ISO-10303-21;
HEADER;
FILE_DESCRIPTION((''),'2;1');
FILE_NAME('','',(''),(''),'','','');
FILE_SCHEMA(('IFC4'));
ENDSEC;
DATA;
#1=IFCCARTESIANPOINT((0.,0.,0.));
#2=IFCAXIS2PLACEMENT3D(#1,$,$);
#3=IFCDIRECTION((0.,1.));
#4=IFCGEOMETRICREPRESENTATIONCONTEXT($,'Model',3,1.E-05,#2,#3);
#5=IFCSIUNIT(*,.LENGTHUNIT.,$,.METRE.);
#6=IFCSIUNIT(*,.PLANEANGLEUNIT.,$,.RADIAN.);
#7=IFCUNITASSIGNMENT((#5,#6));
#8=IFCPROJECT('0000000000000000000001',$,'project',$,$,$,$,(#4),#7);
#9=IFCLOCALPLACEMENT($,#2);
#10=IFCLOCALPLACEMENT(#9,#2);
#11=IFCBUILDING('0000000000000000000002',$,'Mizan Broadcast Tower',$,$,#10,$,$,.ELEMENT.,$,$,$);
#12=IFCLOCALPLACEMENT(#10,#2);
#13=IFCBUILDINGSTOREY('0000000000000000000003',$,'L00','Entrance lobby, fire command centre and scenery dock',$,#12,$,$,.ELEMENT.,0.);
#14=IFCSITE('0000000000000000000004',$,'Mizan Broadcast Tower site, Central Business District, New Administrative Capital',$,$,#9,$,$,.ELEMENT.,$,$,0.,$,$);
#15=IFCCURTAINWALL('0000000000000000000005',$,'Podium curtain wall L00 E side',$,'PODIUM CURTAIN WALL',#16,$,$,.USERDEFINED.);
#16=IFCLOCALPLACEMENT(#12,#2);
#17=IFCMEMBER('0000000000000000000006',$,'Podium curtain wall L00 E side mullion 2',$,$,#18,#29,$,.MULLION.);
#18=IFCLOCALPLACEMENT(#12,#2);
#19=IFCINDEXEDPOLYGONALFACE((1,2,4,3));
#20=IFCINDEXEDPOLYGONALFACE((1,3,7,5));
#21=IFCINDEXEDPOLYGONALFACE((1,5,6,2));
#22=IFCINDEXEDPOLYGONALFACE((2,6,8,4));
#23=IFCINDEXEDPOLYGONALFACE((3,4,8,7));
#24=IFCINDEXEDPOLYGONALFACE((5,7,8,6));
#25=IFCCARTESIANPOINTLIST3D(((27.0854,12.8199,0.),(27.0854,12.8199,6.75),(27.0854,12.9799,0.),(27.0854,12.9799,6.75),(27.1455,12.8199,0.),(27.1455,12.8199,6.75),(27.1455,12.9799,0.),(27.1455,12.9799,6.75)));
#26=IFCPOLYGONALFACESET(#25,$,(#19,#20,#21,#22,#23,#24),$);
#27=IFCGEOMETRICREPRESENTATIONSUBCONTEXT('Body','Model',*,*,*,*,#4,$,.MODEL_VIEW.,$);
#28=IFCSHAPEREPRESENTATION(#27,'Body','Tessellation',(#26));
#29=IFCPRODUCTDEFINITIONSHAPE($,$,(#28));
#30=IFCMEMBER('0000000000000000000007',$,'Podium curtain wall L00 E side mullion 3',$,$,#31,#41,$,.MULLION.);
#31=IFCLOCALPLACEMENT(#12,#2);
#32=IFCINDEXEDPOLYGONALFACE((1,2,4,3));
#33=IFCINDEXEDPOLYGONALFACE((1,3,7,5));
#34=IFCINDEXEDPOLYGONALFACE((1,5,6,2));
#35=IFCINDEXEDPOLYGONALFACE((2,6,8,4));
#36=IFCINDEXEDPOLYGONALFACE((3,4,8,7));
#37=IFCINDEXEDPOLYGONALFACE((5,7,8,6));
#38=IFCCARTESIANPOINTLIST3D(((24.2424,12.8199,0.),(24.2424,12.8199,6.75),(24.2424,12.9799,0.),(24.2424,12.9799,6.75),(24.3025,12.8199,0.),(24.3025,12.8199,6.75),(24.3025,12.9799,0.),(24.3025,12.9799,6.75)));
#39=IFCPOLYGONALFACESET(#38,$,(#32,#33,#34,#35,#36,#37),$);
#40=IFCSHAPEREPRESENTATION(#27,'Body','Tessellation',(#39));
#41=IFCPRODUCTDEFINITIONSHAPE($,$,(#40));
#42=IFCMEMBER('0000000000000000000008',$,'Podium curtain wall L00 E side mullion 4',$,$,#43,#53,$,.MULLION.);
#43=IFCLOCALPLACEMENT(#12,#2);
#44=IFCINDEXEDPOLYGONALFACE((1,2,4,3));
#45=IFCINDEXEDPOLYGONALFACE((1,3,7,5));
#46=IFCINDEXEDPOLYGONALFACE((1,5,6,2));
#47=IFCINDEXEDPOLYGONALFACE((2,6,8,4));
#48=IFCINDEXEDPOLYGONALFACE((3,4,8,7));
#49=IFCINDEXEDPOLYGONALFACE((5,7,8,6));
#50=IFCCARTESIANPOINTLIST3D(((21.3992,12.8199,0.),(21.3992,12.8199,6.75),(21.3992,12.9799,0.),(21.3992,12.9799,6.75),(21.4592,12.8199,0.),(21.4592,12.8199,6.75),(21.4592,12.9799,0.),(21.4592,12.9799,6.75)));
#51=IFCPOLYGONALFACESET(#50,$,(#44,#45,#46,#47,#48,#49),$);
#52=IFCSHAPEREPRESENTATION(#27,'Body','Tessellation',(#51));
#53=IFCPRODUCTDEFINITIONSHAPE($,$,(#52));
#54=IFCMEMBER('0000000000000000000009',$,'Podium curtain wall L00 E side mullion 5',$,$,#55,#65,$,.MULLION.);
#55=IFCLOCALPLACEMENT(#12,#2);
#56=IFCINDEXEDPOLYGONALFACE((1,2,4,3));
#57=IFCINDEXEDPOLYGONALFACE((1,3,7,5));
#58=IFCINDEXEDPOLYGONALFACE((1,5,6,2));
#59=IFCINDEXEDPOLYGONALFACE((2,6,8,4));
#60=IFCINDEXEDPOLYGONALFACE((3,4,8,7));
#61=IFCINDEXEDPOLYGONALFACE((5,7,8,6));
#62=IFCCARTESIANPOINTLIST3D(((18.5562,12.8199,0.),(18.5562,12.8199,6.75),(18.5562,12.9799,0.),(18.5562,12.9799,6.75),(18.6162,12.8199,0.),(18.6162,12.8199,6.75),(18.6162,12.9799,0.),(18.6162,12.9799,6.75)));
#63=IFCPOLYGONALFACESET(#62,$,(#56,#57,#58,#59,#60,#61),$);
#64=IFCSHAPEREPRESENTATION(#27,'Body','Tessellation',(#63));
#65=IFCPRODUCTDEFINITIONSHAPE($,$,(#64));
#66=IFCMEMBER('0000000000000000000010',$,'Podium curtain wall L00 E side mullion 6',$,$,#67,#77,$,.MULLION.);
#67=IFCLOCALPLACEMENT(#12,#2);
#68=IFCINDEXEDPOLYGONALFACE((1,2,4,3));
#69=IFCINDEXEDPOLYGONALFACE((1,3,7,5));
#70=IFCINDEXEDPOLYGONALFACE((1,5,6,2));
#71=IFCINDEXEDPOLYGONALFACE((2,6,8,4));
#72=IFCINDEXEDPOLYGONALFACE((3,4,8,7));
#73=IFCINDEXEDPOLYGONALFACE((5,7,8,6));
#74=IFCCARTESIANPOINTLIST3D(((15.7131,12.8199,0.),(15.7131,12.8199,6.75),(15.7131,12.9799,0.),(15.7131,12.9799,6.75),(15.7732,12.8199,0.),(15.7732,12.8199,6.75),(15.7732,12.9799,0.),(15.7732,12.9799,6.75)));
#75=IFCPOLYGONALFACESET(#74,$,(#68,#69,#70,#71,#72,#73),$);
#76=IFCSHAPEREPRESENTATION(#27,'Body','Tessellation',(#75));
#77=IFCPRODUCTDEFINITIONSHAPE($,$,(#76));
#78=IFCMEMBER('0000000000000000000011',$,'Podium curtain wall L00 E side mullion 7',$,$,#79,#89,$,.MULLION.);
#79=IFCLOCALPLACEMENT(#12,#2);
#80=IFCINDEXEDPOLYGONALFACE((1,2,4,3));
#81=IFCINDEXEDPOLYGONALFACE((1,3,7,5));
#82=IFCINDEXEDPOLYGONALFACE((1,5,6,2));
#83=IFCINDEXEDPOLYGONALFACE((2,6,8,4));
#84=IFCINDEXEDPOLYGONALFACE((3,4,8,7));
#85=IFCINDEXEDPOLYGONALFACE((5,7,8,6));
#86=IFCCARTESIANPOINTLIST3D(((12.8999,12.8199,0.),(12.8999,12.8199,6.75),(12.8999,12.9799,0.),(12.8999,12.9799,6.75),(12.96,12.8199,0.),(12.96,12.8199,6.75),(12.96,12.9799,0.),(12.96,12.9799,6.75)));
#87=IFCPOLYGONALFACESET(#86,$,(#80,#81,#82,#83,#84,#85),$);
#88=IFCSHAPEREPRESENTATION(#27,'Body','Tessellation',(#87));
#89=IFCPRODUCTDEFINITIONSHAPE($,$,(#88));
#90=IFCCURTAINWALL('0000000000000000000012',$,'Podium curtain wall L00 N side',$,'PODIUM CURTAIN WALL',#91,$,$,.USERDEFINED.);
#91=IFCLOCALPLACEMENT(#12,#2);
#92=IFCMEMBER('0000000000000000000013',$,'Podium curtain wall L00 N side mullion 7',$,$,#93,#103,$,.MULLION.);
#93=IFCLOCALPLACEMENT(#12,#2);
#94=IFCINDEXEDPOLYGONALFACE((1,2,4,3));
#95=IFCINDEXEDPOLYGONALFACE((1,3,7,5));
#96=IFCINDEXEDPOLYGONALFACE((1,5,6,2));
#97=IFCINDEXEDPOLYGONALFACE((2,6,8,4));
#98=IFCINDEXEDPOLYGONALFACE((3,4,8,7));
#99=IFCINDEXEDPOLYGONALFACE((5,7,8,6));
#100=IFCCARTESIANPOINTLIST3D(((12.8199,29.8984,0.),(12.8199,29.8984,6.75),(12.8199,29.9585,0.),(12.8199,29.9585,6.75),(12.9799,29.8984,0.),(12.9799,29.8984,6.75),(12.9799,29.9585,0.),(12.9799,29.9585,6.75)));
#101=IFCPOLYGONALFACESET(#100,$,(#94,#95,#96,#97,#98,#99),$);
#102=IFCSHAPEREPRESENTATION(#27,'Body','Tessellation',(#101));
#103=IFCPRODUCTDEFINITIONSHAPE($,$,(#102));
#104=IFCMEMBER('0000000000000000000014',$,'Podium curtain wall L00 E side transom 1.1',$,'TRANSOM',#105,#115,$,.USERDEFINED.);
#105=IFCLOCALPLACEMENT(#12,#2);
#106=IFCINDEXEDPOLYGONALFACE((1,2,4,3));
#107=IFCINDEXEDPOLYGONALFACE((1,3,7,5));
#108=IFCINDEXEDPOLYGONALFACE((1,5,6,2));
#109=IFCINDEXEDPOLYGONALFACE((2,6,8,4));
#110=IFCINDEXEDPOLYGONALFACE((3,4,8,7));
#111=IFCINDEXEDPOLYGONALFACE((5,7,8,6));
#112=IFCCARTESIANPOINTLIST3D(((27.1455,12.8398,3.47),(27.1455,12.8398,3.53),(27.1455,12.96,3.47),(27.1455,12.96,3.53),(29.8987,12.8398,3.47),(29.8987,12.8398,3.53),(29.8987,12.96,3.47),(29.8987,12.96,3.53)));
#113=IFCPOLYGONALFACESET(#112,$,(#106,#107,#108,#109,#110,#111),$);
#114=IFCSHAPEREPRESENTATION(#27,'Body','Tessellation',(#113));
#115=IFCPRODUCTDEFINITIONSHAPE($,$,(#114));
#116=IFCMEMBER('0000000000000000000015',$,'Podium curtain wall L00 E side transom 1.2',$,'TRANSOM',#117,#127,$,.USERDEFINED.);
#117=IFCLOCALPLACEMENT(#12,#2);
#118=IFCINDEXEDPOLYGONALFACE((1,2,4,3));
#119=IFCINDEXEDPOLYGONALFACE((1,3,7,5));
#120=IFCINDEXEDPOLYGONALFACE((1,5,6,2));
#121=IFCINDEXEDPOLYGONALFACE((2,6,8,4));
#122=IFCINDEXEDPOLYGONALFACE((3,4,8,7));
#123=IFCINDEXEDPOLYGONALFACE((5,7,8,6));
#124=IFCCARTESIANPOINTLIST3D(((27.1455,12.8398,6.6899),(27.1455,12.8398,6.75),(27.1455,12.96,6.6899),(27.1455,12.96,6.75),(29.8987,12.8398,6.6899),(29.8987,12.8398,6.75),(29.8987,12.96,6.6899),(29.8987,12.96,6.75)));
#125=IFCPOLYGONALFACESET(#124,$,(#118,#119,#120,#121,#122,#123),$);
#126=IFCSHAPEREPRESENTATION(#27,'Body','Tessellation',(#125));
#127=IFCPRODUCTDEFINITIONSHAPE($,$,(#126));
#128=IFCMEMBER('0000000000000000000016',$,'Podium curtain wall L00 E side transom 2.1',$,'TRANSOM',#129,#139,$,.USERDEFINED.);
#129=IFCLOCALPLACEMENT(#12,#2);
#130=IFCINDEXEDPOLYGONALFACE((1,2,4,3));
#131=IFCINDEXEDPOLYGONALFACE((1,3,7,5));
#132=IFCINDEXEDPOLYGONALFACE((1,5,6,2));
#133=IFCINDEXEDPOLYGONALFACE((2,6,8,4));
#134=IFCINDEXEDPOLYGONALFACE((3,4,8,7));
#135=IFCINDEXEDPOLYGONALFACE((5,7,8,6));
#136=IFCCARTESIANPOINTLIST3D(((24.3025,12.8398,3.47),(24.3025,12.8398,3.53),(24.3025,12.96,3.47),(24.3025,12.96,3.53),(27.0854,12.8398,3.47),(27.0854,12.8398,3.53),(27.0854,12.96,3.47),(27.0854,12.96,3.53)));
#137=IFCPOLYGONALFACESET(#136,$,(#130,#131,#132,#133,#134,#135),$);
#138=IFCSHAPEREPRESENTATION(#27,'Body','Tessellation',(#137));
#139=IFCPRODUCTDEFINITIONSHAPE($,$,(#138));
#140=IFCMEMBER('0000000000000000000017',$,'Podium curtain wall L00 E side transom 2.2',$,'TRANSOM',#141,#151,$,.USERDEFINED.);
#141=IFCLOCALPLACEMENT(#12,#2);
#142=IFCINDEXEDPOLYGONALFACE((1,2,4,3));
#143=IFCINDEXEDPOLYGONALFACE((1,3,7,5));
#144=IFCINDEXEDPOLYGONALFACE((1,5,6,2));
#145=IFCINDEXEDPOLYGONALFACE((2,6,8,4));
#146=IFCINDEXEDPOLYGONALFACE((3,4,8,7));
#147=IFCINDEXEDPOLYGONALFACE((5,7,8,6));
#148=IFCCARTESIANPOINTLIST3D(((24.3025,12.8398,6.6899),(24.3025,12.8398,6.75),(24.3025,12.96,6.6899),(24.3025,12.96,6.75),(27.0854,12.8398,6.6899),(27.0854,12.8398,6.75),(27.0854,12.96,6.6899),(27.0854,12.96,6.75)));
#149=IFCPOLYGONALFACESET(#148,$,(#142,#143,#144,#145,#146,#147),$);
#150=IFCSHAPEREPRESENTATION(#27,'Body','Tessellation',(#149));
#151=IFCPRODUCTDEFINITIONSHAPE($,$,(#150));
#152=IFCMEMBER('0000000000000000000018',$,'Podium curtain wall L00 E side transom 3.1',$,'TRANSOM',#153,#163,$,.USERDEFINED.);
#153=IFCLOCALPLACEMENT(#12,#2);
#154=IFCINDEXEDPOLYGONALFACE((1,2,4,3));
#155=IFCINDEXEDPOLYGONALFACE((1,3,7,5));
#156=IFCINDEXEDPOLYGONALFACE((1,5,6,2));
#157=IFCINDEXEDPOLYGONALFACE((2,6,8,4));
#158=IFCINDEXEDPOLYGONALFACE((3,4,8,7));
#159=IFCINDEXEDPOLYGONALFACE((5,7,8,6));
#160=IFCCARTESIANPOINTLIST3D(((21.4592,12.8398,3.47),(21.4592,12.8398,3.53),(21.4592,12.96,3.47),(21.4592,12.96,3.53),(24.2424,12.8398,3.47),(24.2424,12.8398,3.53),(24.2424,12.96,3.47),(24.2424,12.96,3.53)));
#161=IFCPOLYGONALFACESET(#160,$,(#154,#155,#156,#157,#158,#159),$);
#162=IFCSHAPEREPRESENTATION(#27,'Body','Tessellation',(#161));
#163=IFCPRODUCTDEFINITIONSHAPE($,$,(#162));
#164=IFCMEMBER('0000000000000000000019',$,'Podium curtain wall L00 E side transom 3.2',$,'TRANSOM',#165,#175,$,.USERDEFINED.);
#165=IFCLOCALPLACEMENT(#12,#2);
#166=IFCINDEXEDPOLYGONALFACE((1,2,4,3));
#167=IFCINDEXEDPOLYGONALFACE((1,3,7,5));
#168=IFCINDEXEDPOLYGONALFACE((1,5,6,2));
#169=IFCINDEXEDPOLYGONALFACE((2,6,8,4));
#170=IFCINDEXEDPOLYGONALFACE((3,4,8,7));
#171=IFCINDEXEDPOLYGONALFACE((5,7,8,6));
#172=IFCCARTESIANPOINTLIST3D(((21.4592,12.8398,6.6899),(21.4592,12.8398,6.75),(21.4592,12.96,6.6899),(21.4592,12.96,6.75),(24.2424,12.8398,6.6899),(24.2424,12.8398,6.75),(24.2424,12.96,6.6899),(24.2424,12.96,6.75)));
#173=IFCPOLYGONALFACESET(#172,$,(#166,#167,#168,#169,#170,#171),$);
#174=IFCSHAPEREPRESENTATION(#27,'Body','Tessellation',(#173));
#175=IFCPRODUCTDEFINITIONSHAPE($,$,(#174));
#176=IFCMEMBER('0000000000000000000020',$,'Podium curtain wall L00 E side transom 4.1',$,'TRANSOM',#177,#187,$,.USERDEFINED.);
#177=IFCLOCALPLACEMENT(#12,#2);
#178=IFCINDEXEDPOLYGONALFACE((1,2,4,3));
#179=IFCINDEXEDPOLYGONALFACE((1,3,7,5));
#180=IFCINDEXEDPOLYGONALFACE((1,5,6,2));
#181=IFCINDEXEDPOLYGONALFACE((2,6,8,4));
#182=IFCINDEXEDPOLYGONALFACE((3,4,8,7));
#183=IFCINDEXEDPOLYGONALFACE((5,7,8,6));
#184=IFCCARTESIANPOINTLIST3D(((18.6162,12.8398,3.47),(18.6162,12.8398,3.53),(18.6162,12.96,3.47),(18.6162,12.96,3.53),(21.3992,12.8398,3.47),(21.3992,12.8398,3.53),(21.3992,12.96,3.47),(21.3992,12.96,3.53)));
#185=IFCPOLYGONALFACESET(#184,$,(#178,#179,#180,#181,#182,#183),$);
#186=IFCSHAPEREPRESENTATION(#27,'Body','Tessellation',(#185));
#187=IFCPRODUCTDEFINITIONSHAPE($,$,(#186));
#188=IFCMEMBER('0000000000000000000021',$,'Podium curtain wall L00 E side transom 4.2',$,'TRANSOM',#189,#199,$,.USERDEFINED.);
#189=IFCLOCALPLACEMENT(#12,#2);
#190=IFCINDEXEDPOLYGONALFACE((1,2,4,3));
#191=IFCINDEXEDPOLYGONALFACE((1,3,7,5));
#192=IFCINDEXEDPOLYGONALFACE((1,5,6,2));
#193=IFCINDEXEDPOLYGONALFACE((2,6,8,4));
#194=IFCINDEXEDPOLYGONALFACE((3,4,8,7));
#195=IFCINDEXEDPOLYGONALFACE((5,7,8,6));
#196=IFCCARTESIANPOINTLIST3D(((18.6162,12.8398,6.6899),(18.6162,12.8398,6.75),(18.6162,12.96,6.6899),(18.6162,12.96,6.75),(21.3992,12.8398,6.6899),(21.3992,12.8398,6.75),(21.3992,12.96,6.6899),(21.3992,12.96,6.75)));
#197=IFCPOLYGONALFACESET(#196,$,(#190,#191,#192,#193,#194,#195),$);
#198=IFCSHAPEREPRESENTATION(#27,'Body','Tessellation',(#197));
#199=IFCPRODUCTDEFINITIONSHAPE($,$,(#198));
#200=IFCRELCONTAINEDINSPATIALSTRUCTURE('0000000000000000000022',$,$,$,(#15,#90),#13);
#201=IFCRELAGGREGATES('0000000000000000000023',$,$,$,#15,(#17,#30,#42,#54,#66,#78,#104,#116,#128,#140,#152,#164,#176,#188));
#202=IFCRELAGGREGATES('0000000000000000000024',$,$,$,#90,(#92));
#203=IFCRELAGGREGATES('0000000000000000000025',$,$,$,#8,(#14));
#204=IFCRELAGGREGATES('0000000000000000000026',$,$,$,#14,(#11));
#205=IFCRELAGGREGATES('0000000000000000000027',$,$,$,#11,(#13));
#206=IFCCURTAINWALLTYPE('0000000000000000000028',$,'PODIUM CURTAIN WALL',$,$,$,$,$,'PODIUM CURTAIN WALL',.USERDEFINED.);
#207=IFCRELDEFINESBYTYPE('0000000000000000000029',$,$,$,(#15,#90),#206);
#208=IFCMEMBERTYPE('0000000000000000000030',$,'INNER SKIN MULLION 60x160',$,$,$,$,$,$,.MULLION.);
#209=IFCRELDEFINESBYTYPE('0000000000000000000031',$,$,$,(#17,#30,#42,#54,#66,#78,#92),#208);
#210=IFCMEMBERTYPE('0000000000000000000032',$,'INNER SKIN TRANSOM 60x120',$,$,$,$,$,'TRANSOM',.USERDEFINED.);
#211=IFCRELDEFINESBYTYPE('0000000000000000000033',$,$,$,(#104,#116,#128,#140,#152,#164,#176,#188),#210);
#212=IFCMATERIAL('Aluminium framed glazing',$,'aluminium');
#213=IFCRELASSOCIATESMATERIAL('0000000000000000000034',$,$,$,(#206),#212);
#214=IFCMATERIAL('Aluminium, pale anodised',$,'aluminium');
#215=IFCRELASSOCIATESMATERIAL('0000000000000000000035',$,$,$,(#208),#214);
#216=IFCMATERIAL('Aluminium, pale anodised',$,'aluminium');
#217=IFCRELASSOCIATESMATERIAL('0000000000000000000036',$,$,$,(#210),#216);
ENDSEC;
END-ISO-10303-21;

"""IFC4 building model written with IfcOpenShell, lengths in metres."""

from ifc_helpers import new_model, si_unit, direction, frame, origin, origin_2d, place, context, subcontext, project, spatial, rectangle, extrude, material, material_profile, profile_set, type_object, element, aggregate, save


model = new_model("IFC4")

# Units and contexts
model_context = context("Model", 3, precision=1e-05, world=origin(), true_north=direction((0.0, 1.0)))
body_context = subcontext(model_context, "Body", "Model", "MODEL_VIEW")
ifc_project = project(units=[si_unit("LENGTHUNIT", "METRE"), si_unit("PLANEANGLEUNIT", "RADIAN")], contexts=[model_context])

# Site, building, storey
site_placement = place(None, origin())
site = spatial("IfcSite", under=ifc_project, at=site_placement, Name="Mizan Broadcast Tower site, Central Business District, New Administrative Capital", CompositionType="ELEMENT", RefElevation=0.0)
building_placement = place(site_placement, origin())
building = spatial("IfcBuilding", under=site, at=building_placement, Name="Mizan Broadcast Tower", CompositionType="ELEMENT")
storey_placement = place(building_placement, origin())
storey = spatial("IfcBuildingStorey", under=building, at=storey_placement, Name="L00", Description="Entrance lobby, fire command centre and scenery dock", CompositionType="ELEMENT", Elevation=0.0)

# Curtain wall, members
ifc_material_1 = material(Name="Aluminium framed glazing", Category="aluminium")
curtain_wall_type = type_object("IfcCurtainWallType", Name="PODIUM CURTAIN WALL", ElementType="PODIUM CURTAIN WALL", PredefinedType="USERDEFINED", material=ifc_material_1)
curtain_wall_1_placement = place(storey_placement, origin())
curtain_wall_1 = element("IfcCurtainWall", 1, at=curtain_wall_1_placement, inside=storey, type_object=curtain_wall_type, Name="Podium curtain wall L00 E side", ObjectType="PODIUM CURTAIN WALL", PredefinedType="USERDEFINED")
ifc_material_2 = material(Name="Aluminium, pale anodised", Category="aluminium")
ifc_material_profile_1 = material_profile(ifc_material_2, rectangle(XDim=0.1599, YDim=0.0601, at=origin_2d()), Name="MULLION 160x60")
ifc_profile_set_1 = profile_set([ifc_material_profile_1], Name="Aluminium, pale anodised")
member_type_1 = type_object("IfcMemberType", Name="INNER SKIN MULLION 60x160", PredefinedType="MULLION", material=ifc_profile_set_1)
member_1_placement = place(storey_placement, frame((27.1155, 12.8999, 0.0), z_axis=(0.0, 0.0, 1.0), x_axis=(0.0, -1.0, 0.0)))
member_1 = element("IfcMember", 2, at=member_1_placement, type_object=member_type_1, Name="Podium curtain wall L00 E side mullion 2", PredefinedType="MULLION", context=body_context, shape_type="SweptSolid", body=[
    extrude(rectangle(XDim=0.1599, YDim=0.0601, at=origin_2d()), origin(), (0.0, 0.0, 1.0), 6.75),
])
member_2_placement = place(storey_placement, frame((24.2725, 12.8999, 0.0), z_axis=(0.0, 0.0, 1.0), x_axis=(0.0, -1.0, 0.0)))
member_2 = element("IfcMember", 3, at=member_2_placement, type_object=member_type_1, Name="Podium curtain wall L00 E side mullion 3", PredefinedType="MULLION", context=body_context, shape_type="SweptSolid", body=[
    extrude(rectangle(XDim=0.1599, YDim=0.0601, at=origin_2d()), origin(), (0.0, 0.0, 1.0), 6.75),
])
member_3_placement = place(storey_placement, frame((21.4292, 12.8999, 0.0), z_axis=(0.0, 0.0, 1.0), x_axis=(0.0, -1.0, 0.0)))
member_3 = element("IfcMember", 4, at=member_3_placement, type_object=member_type_1, Name="Podium curtain wall L00 E side mullion 4", PredefinedType="MULLION", context=body_context, shape_type="SweptSolid", body=[
    extrude(rectangle(XDim=0.1599, YDim=0.0601, at=origin_2d()), origin(), (0.0, 0.0, 1.0), 6.75),
])
member_4_placement = place(storey_placement, frame((18.5862, 12.8999, 0.0), z_axis=(0.0, 0.0, 1.0), x_axis=(0.0, -1.0, 0.0)))
member_4 = element("IfcMember", 5, at=member_4_placement, type_object=member_type_1, Name="Podium curtain wall L00 E side mullion 5", PredefinedType="MULLION", context=body_context, shape_type="SweptSolid", body=[
    extrude(rectangle(XDim=0.1599, YDim=0.0601, at=origin_2d()), origin(), (0.0, 0.0, 1.0), 6.75),
])
member_5_placement = place(storey_placement, frame((15.7432, 12.8999, 0.0), z_axis=(0.0, 0.0, 1.0), x_axis=(0.0, -1.0, 0.0)))
member_5 = element("IfcMember", 6, at=member_5_placement, type_object=member_type_1, Name="Podium curtain wall L00 E side mullion 6", PredefinedType="MULLION", context=body_context, shape_type="SweptSolid", body=[
    extrude(rectangle(XDim=0.1599, YDim=0.0601, at=origin_2d()), origin(), (0.0, 0.0, 1.0), 6.75),
])
member_6_placement = place(storey_placement, frame((12.9299, 12.8999, 0.0), z_axis=(0.0, 0.0, 1.0), x_axis=(0.0, -1.0, 0.0)))
member_6 = element("IfcMember", 7, at=member_6_placement, type_object=member_type_1, Name="Podium curtain wall L00 E side mullion 7", PredefinedType="MULLION", context=body_context, shape_type="SweptSolid", body=[
    extrude(rectangle(XDim=0.1599, YDim=0.0601, at=origin_2d()), origin(), (0.0, 0.0, 1.0), 6.75),
])

# Curtain wall, member
curtain_wall_2_placement = place(storey_placement, origin())
curtain_wall_2 = element("IfcCurtainWall", 8, at=curtain_wall_2_placement, inside=storey, type_object=curtain_wall_type, Name="Podium curtain wall L00 N side", ObjectType="PODIUM CURTAIN WALL", PredefinedType="USERDEFINED")
member_7_placement = place(storey_placement, frame((12.8999, 29.9285, 0.0), z_axis=(0.0, 0.0, 1.0), x_axis=(-1.0, 0.0, 0.0)))
member_7 = element("IfcMember", 9, at=member_7_placement, type_object=member_type_1, Name="Podium curtain wall L00 N side mullion 7", PredefinedType="MULLION", context=body_context, shape_type="SweptSolid", body=[
    extrude(rectangle(XDim=0.1599, YDim=0.0601, at=origin_2d()), origin(), (0.0, 0.0, 1.0), 6.75),
])

# Members
ifc_material_3 = material(Name="Aluminium, pale anodised", Category="aluminium")
ifc_material_profile_2 = material_profile(ifc_material_3, rectangle(XDim=0.1201, YDim=0.0601, at=origin_2d()), Name="TRANSOM 120x60")
ifc_profile_set_2 = profile_set([ifc_material_profile_2], Name="Aluminium, pale anodised")
member_type_2 = type_object("IfcMemberType", Name="INNER SKIN TRANSOM 60x120", ElementType="TRANSOM", PredefinedType="USERDEFINED", material=ifc_profile_set_2)
member_8_placement = place(storey_placement, frame((29.8987, 12.8999, 3.5), z_axis=(-1.0, 0.0, 0.0), x_axis=(0.0, -1.0, 0.0)))
member_8 = element("IfcMember", 10, at=member_8_placement, type_object=member_type_2, Name="Podium curtain wall L00 E side transom 1.1", ObjectType="TRANSOM", PredefinedType="USERDEFINED", context=body_context, shape_type="SweptSolid", body=[
    extrude(rectangle(XDim=0.1201, YDim=0.0601, at=origin_2d()), origin(), (0.0, 0.0, 1.0), 2.7532),
])
member_9_placement = place(storey_placement, frame((29.8987, 12.8999, 6.72), z_axis=(-1.0, 0.0, 0.0), x_axis=(0.0, -1.0, 0.0)))
member_9 = element("IfcMember", 11, at=member_9_placement, type_object=member_type_2, Name="Podium curtain wall L00 E side transom 1.2", ObjectType="TRANSOM", PredefinedType="USERDEFINED", context=body_context, shape_type="SweptSolid", body=[
    extrude(rectangle(XDim=0.1201, YDim=0.0601, at=origin_2d()), origin(), (0.0, 0.0, 1.0), 2.7532),
])
member_10_placement = place(storey_placement, frame((27.0854, 12.8999, 3.5), z_axis=(-1.0, 0.0, 0.0), x_axis=(0.0, -1.0, 0.0)))
member_10 = element("IfcMember", 12, at=member_10_placement, type_object=member_type_2, Name="Podium curtain wall L00 E side transom 2.1", ObjectType="TRANSOM", PredefinedType="USERDEFINED", context=body_context, shape_type="SweptSolid", body=[
    extrude(rectangle(XDim=0.1201, YDim=0.0601, at=origin_2d()), origin(), (0.0, 0.0, 1.0), 2.783),
])
member_11_placement = place(storey_placement, frame((27.0854, 12.8999, 6.72), z_axis=(-1.0, 0.0, 0.0), x_axis=(0.0, -1.0, 0.0)))
member_11 = element("IfcMember", 13, at=member_11_placement, type_object=member_type_2, Name="Podium curtain wall L00 E side transom 2.2", ObjectType="TRANSOM", PredefinedType="USERDEFINED", context=body_context, shape_type="SweptSolid", body=[
    extrude(rectangle(XDim=0.1201, YDim=0.0601, at=origin_2d()), origin(), (0.0, 0.0, 1.0), 2.783),
])
member_12_placement = place(storey_placement, frame((24.2424, 12.8999, 3.5), z_axis=(-1.0, 0.0, 0.0), x_axis=(0.0, -1.0, 0.0)))
member_12 = element("IfcMember", 14, at=member_12_placement, type_object=member_type_2, Name="Podium curtain wall L00 E side transom 3.1", ObjectType="TRANSOM", PredefinedType="USERDEFINED", context=body_context, shape_type="SweptSolid", body=[
    extrude(rectangle(XDim=0.1201, YDim=0.0601, at=origin_2d()), origin(), (0.0, 0.0, 1.0), 2.7832),
])
member_13_placement = place(storey_placement, frame((24.2424, 12.8999, 6.72), z_axis=(-1.0, 0.0, 0.0), x_axis=(0.0, -1.0, 0.0)))
member_13 = element("IfcMember", 15, at=member_13_placement, type_object=member_type_2, Name="Podium curtain wall L00 E side transom 3.2", ObjectType="TRANSOM", PredefinedType="USERDEFINED", context=body_context, shape_type="SweptSolid", body=[
    extrude(rectangle(XDim=0.1201, YDim=0.0601, at=origin_2d()), origin(), (0.0, 0.0, 1.0), 2.7832),
])
member_14_placement = place(storey_placement, frame((21.3992, 12.8999, 3.5), z_axis=(-1.0, 0.0, 0.0), x_axis=(0.0, -1.0, 0.0)))
member_14 = element("IfcMember", 16, at=member_14_placement, type_object=member_type_2, Name="Podium curtain wall L00 E side transom 4.1", ObjectType="TRANSOM", PredefinedType="USERDEFINED", context=body_context, shape_type="SweptSolid", body=[
    extrude(rectangle(XDim=0.1201, YDim=0.0601, at=origin_2d()), origin(), (0.0, 0.0, 1.0), 2.783),
])
member_15_placement = place(storey_placement, frame((21.3992, 12.8999, 6.72), z_axis=(-1.0, 0.0, 0.0), x_axis=(0.0, -1.0, 0.0)))
member_15 = element("IfcMember", 17, at=member_15_placement, type_object=member_type_2, Name="Podium curtain wall L00 E side transom 4.2", ObjectType="TRANSOM", PredefinedType="USERDEFINED", context=body_context, shape_type="SweptSolid", body=[
    extrude(rectangle(XDim=0.1201, YDim=0.0601, at=origin_2d()), origin(), (0.0, 0.0, 1.0), 2.783),
])

aggregate(curtain_wall_1, [member_1, member_2, member_3, member_4, member_5, member_6, member_8, member_9, member_10, member_11, member_12, member_13, member_14, member_15])
aggregate(curtain_wall_2, [member_7])

save(model, "model.ifc")
